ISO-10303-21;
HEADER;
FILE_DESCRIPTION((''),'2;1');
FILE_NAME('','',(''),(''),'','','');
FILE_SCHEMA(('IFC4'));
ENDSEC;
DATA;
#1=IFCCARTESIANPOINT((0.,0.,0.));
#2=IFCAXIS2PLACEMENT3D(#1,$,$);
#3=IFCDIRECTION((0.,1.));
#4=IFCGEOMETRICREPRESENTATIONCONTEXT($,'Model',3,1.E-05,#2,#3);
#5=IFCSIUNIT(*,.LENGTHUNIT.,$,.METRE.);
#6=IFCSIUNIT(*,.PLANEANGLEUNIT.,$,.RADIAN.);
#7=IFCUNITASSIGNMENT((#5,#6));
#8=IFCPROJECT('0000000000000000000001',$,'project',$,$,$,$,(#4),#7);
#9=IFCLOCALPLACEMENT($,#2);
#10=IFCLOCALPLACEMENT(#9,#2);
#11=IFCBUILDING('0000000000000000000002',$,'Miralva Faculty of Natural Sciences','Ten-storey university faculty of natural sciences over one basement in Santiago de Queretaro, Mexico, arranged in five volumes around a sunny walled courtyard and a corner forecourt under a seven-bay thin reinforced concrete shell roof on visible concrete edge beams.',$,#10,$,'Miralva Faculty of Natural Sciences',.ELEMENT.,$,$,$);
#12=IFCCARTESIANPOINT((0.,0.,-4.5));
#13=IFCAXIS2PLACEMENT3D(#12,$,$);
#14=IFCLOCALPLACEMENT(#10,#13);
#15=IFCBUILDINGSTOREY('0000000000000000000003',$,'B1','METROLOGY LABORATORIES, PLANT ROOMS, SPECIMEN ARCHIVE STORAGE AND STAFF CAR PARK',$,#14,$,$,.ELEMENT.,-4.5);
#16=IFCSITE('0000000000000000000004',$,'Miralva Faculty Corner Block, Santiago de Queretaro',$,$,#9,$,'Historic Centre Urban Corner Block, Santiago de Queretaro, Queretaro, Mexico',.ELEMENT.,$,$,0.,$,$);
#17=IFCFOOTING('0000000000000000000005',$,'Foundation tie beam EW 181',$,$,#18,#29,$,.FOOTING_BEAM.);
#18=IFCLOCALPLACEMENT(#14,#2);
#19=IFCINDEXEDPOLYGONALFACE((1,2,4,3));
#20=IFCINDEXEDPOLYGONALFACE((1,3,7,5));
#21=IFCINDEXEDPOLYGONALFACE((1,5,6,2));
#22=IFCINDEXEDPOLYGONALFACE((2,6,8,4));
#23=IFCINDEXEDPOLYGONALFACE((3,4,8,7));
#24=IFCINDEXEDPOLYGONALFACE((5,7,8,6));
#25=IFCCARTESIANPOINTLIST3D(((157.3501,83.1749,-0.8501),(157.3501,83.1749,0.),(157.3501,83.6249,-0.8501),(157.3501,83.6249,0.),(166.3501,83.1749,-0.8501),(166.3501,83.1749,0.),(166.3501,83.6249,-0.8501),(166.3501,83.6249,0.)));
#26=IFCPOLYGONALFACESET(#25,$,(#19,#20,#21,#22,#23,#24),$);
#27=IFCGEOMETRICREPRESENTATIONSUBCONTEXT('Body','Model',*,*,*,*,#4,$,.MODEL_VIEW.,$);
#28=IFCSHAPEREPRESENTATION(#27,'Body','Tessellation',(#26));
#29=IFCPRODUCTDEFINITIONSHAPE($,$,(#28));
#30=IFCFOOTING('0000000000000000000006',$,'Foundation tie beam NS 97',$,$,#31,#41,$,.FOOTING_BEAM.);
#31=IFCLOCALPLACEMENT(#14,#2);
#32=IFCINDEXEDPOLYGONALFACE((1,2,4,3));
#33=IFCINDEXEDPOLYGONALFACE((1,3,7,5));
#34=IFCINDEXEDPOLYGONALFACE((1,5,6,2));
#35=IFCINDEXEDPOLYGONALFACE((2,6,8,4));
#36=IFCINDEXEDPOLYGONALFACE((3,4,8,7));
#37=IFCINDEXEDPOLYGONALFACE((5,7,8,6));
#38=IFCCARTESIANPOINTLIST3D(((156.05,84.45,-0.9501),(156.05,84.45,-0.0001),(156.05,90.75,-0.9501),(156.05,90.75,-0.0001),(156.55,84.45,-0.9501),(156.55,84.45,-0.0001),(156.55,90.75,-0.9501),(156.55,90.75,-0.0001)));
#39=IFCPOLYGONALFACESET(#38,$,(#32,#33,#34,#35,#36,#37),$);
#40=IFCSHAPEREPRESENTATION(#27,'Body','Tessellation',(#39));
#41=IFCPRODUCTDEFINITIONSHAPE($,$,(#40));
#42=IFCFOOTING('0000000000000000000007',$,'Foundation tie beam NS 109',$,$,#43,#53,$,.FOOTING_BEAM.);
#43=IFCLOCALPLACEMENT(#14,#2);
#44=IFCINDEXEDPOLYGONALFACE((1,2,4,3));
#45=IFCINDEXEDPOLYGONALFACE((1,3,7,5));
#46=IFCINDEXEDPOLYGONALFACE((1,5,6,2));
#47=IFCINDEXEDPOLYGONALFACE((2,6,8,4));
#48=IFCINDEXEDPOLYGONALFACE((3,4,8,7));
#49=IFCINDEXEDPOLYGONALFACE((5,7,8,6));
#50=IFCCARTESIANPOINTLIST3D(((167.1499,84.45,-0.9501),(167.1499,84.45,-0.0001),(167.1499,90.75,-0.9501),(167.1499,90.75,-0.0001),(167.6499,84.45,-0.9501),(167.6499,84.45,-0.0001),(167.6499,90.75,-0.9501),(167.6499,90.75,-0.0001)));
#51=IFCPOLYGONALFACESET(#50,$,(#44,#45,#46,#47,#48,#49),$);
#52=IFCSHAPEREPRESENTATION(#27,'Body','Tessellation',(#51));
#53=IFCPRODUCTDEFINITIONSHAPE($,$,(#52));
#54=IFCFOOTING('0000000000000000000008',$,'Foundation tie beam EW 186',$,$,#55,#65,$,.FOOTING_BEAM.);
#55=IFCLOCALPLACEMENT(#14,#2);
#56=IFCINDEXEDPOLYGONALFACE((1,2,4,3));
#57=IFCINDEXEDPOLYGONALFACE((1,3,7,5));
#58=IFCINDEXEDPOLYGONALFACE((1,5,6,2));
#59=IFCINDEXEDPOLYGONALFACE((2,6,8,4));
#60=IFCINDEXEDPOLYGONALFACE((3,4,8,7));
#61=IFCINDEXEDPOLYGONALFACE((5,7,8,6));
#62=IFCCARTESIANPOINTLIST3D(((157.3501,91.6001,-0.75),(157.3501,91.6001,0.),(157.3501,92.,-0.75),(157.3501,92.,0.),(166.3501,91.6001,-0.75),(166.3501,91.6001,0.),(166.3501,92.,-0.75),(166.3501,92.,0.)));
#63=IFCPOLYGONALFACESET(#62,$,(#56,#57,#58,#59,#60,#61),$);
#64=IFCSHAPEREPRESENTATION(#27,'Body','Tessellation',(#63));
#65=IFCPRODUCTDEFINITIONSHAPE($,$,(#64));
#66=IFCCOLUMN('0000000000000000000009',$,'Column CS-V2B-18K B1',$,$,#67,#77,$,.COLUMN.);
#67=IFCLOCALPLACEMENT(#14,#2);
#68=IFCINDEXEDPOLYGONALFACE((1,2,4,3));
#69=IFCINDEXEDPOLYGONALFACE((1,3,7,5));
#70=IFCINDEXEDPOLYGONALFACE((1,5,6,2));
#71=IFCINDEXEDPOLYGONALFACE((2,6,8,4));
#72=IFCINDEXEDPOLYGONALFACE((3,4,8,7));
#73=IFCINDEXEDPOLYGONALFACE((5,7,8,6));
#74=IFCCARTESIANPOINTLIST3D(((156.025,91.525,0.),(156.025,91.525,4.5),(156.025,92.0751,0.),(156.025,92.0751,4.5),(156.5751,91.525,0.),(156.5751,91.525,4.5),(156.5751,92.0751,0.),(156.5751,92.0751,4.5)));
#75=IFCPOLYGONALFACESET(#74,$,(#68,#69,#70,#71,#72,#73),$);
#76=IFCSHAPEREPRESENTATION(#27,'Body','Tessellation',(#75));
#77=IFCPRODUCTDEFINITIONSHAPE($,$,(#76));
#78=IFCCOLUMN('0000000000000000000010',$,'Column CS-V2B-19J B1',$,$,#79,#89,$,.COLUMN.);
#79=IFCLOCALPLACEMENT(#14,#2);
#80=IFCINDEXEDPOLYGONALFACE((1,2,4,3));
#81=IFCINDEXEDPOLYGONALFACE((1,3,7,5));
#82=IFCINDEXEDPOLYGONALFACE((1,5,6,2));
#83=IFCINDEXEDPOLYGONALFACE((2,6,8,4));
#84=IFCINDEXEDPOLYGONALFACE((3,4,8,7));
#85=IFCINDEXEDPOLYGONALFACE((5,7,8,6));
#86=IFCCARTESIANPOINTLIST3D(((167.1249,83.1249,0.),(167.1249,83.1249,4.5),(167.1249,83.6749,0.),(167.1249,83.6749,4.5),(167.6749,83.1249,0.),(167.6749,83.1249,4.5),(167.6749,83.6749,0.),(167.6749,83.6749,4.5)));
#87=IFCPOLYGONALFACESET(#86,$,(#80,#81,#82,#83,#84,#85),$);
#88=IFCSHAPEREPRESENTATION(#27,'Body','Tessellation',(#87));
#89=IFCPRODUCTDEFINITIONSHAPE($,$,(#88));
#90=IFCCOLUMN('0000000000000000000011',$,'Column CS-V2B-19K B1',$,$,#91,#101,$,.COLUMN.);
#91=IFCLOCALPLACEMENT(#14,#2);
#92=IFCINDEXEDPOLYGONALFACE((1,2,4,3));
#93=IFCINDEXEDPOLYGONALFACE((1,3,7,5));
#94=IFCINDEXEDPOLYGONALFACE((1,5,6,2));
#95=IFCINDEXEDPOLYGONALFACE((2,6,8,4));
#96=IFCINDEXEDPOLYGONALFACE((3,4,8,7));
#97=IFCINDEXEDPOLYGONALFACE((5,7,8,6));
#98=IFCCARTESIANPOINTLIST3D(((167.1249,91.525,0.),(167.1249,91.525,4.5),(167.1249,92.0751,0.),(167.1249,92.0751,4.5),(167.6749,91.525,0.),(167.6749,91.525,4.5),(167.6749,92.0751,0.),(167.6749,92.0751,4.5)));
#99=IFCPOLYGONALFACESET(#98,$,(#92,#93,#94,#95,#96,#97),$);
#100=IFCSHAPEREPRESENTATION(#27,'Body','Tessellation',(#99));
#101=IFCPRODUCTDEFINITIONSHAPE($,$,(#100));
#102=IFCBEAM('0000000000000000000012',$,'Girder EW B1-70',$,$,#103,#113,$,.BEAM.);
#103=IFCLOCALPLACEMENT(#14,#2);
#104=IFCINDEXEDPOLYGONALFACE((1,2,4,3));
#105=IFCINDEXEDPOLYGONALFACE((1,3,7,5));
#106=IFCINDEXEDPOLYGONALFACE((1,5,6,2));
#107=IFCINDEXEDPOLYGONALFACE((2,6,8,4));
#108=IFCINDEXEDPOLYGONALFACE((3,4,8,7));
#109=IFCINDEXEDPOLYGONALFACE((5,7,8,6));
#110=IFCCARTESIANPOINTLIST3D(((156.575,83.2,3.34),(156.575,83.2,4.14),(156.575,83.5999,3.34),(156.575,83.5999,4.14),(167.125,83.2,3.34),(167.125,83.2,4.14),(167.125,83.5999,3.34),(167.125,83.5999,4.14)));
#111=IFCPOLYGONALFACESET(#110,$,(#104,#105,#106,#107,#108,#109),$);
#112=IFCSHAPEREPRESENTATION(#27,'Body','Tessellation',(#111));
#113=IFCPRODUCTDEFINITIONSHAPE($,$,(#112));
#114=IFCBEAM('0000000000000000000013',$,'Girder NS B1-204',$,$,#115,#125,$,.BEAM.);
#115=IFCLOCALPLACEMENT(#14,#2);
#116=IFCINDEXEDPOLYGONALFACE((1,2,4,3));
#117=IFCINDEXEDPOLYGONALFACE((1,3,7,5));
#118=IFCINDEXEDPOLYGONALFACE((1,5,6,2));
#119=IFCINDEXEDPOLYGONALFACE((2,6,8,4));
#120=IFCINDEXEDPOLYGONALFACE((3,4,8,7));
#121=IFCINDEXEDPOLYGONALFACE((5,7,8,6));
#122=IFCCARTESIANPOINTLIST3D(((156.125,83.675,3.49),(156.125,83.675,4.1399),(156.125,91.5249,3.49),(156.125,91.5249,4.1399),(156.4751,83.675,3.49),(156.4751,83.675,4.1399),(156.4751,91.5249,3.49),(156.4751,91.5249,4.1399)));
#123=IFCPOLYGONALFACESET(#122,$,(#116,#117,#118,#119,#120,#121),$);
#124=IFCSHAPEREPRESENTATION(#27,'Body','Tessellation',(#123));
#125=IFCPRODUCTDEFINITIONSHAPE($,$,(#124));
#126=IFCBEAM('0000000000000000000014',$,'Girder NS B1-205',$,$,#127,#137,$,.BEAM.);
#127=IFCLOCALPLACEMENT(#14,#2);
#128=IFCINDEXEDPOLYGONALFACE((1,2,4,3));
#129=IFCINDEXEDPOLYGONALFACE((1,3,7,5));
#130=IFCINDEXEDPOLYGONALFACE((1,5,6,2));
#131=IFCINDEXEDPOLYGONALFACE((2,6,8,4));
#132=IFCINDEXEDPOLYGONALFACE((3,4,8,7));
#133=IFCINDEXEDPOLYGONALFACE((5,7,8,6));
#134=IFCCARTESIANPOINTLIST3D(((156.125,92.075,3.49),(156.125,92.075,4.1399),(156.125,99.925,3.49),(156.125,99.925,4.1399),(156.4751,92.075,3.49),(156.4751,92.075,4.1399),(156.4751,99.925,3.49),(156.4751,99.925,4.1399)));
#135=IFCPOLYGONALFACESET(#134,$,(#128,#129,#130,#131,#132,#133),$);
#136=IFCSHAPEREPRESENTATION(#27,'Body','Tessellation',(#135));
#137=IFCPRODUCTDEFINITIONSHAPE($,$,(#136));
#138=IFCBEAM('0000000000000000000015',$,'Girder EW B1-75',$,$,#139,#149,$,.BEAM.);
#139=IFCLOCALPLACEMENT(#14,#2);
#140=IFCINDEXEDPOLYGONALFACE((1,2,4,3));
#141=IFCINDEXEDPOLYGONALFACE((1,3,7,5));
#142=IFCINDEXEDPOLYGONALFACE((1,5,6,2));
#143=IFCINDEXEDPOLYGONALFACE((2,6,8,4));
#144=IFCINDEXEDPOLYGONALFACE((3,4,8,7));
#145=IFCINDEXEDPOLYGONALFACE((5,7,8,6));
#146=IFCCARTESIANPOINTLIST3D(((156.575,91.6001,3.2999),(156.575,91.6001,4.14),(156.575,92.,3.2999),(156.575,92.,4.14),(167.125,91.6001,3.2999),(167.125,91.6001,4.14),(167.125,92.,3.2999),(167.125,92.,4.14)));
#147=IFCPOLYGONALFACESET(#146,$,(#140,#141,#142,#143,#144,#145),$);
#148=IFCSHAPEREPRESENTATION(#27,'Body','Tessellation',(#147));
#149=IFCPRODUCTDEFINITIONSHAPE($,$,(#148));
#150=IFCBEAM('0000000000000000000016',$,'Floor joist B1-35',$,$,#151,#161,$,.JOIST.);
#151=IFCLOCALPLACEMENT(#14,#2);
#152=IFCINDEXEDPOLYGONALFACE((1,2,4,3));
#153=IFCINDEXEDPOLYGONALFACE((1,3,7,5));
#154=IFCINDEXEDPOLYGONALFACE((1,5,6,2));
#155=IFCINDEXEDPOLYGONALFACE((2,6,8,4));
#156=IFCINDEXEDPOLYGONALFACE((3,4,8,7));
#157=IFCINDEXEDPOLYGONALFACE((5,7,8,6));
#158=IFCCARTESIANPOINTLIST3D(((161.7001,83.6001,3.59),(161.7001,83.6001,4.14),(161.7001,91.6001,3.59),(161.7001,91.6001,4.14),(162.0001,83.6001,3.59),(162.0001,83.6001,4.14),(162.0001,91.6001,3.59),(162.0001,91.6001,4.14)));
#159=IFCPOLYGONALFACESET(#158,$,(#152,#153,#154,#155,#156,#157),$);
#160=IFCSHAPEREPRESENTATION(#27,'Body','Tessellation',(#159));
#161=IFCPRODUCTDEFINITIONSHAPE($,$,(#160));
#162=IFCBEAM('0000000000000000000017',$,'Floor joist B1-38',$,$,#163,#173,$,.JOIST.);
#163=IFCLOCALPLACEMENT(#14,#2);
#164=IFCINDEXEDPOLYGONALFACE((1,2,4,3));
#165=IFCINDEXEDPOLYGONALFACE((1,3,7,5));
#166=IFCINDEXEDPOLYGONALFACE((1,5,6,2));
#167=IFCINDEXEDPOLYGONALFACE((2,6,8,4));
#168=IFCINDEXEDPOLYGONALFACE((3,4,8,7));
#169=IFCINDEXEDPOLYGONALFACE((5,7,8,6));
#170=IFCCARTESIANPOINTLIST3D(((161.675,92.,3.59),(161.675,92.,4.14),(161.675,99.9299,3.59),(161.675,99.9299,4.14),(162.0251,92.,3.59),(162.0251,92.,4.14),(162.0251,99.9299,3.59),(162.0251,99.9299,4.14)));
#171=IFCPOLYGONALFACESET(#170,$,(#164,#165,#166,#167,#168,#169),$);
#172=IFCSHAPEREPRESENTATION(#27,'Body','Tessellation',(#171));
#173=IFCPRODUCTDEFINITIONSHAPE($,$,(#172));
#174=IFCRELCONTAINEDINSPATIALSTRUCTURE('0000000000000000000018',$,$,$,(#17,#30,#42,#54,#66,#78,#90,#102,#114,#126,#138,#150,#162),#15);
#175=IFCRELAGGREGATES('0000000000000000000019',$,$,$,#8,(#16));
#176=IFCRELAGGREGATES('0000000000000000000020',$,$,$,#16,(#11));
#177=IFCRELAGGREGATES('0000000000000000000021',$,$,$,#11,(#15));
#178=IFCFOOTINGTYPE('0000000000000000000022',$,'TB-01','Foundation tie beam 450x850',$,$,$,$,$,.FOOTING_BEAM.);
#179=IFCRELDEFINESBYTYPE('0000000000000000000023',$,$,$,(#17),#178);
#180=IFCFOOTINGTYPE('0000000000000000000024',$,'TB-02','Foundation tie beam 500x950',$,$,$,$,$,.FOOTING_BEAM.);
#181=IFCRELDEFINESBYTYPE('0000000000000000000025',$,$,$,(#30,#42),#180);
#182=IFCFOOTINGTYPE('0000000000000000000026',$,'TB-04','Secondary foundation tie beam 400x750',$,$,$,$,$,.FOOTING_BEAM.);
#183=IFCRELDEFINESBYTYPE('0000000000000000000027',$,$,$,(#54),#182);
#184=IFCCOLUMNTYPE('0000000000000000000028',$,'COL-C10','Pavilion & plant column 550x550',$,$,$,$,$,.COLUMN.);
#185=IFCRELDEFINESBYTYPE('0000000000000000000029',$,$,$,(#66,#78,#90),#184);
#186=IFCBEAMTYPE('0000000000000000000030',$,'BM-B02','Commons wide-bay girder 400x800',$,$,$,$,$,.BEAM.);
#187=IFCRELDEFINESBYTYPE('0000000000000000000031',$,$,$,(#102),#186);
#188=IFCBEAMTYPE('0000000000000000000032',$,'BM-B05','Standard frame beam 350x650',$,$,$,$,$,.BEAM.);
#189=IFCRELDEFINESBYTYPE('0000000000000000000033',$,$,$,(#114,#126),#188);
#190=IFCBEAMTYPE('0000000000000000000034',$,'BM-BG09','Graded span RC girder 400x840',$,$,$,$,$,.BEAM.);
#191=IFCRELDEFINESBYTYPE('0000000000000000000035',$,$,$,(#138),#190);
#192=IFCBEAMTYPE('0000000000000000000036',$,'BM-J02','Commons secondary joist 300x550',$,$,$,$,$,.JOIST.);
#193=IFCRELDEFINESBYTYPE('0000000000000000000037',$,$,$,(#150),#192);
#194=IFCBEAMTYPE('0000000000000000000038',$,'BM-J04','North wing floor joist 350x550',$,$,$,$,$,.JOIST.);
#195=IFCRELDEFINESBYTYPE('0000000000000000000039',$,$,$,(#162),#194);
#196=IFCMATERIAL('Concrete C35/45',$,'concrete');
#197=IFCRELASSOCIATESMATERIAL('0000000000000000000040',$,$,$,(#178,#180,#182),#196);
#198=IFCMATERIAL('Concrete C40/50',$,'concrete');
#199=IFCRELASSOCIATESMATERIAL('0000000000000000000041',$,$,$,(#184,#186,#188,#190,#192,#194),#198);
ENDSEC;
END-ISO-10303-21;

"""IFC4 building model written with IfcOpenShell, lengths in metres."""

from ifc_helpers import new_model, si_unit, direction, frame, origin, origin_2d, place, context, subcontext, project, spatial, rectangle, extrude, material, material_profile, profile_set, type_object, element, save


model = new_model("IFC4")

# Units and contexts
model_context = context("Model", 3, precision=1e-05, world=origin(), true_north=direction((0.0, 1.0)))
body_context = subcontext(model_context, "Body", "Model", "MODEL_VIEW")
ifc_project = project(units=[si_unit("LENGTHUNIT", "METRE"), si_unit("PLANEANGLEUNIT", "RADIAN")], contexts=[model_context])

# Site, building, storey
site_placement = place(None, origin())
site = spatial("IfcSite", under=ifc_project, at=site_placement, Name="Miralva Faculty Corner Block, Santiago de Queretaro", LongName="Historic Centre Urban Corner Block, Santiago de Queretaro, Queretaro, Mexico", CompositionType="ELEMENT", RefElevation=0.0)
building_placement = place(site_placement, origin())
building = spatial("IfcBuilding", under=site, at=building_placement, Name="Miralva Faculty of Natural Sciences", Description="Ten-storey university faculty of natural sciences over one basement in Santiago de Queretaro, Mexico, arranged in five volumes around a sunny walled courtyard and a corner forecourt under a seven-bay thin reinforced concrete shell roof on visible concrete edge beams.", LongName="Miralva Faculty of Natural Sciences", CompositionType="ELEMENT")
storey_placement = place(building_placement, frame((0.0, 0.0, -4.5)))
storey = spatial("IfcBuildingStorey", under=building, at=storey_placement, Name="B1", Description="METROLOGY LABORATORIES, PLANT ROOMS, SPECIMEN ARCHIVE STORAGE AND STAFF CAR PARK", CompositionType="ELEMENT", Elevation=-4.5)

# Shared definitions
ifc_material_1 = material(Name="Concrete C35/45", Category="concrete")

# Footings
ifc_material_profile_1 = material_profile(ifc_material_1, rectangle(XDim=0.45, YDim=0.8501, at=origin_2d()), Name="RC 450x850")
ifc_profile_set_1 = profile_set([ifc_material_profile_1], Name="Concrete C35/45")
footing_type_1 = type_object("IfcFootingType", Name="TB-01", Description="Foundation tie beam 450x850", PredefinedType="FOOTING_BEAM", material=ifc_profile_set_1)
footing_1_placement = place(storey_placement, frame((157.3501, 83.3999, -0.425), z_axis=(1.0, 0.0, 0.0), x_axis=(0.0, 1.0, 0.0)))
element("IfcFooting", 1, at=footing_1_placement, inside=storey, type_object=footing_type_1, Name="Foundation tie beam EW 181", PredefinedType="FOOTING_BEAM", context=body_context, shape_type="SweptSolid", body=[
    extrude(rectangle(XDim=0.45, YDim=0.8501, at=origin_2d()), origin(), (0.0, 0.0, 1.0), 9.0),
])
ifc_material_profile_2 = material_profile(ifc_material_1, rectangle(XDim=0.5, YDim=0.95, at=origin_2d()), Name="RC 500x950")
ifc_profile_set_2 = profile_set([ifc_material_profile_2], Name="Concrete C35/45")
footing_type_2 = type_object("IfcFootingType", Name="TB-02", Description="Foundation tie beam 500x950", PredefinedType="FOOTING_BEAM", material=ifc_profile_set_2)
for number, where, z_axis, x_axis, name in (
    (2, (156.3, 84.45, -0.4751), (0.0, 1.0, 0.0), (-1.0, 0.0, 0.0), "Foundation tie beam NS 97"),
    (3, (167.3999, 84.45, -0.4751), (0.0, 1.0, 0.0), (-1.0, 0.0, 0.0), "Foundation tie beam NS 109"),
):
    element("IfcFooting", number, at=place(storey_placement, frame(where, z_axis=z_axis, x_axis=x_axis)), inside=storey, type_object=footing_type_2, Name=name, PredefinedType="FOOTING_BEAM", context=body_context, shape_type="SweptSolid", body=[
        extrude(rectangle(XDim=0.5, YDim=0.95, at=origin_2d()), origin(), (0.0, 0.0, 1.0), 6.3),
    ])
ifc_material_profile_3 = material_profile(ifc_material_1, rectangle(XDim=0.3999, YDim=0.75, at=origin_2d()), Name="RC 400x750")
ifc_profile_set_3 = profile_set([ifc_material_profile_3], Name="Concrete C35/45")
footing_type_3 = type_object("IfcFootingType", Name="TB-04", Description="Secondary foundation tie beam 400x750", PredefinedType="FOOTING_BEAM", material=ifc_profile_set_3)
footing_2_placement = place(storey_placement, frame((157.3501, 91.8, -0.375), z_axis=(1.0, 0.0, 0.0), x_axis=(0.0, 1.0, 0.0)))
element("IfcFooting", 4, at=footing_2_placement, inside=storey, type_object=footing_type_3, Name="Foundation tie beam EW 186", PredefinedType="FOOTING_BEAM", context=body_context, shape_type="SweptSolid", body=[
    extrude(rectangle(XDim=0.3999, YDim=0.75, at=origin_2d()), origin(), (0.0, 0.0, 1.0), 9.0),
])

# Columns
ifc_material_2 = material(Name="Concrete C40/50", Category="concrete")
ifc_material_profile_4 = material_profile(ifc_material_2, rectangle(XDim=0.55, YDim=0.55, at=origin_2d()), Name="RC 550x550")
ifc_profile_set_4 = profile_set([ifc_material_profile_4], Name="Concrete C40/50")
column_type = type_object("IfcColumnType", Name="COL-C10", Description="Pavilion & plant column 550x550", PredefinedType="COLUMN", material=ifc_profile_set_4)
for number, where, z_axis, x_axis, name in (
    (5, (156.3, 91.8, 0.0), (0.0, 0.0, 1.0), (1.0, 0.0, 0.0), "Column CS-V2B-18K B1"),
    (6, (167.3999, 83.3999, 0.0), (0.0, 0.0, 1.0), (1.0, 0.0, 0.0), "Column CS-V2B-19J B1"),
    (7, (167.3999, 91.8, 0.0), (0.0, 0.0, 1.0), (1.0, 0.0, 0.0), "Column CS-V2B-19K B1"),
):
    element("IfcColumn", number, at=place(storey_placement, frame(where, z_axis=z_axis, x_axis=x_axis)), inside=storey, type_object=column_type, Name=name, PredefinedType="COLUMN", context=body_context, shape_type="SweptSolid", body=[
        extrude(rectangle(XDim=0.55, YDim=0.55, at=origin_2d()), origin(), (0.0, 0.0, 1.0), 4.5),
    ])

# Beams
ifc_material_profile_5 = material_profile(ifc_material_2, rectangle(XDim=0.3999, YDim=0.8, at=origin_2d()), Name="RC 400x800")
ifc_profile_set_5 = profile_set([ifc_material_profile_5], Name="Concrete C40/50")
beam_type_1 = type_object("IfcBeamType", Name="BM-B02", Description="Commons wide-bay girder 400x800", PredefinedType="BEAM", material=ifc_profile_set_5)
beam_1_placement = place(storey_placement, frame((156.575, 83.3999, 3.74), z_axis=(1.0, 0.0, 0.0), x_axis=(0.0, 1.0, 0.0)))
element("IfcBeam", 8, at=beam_1_placement, inside=storey, type_object=beam_type_1, Name="Girder EW B1-70", PredefinedType="BEAM", context=body_context, shape_type="SweptSolid", body=[
    extrude(rectangle(XDim=0.3999, YDim=0.8, at=origin_2d()), origin(), (0.0, 0.0, 1.0), 10.55),
])
ifc_material_profile_6 = material_profile(ifc_material_2, rectangle(XDim=0.3501, YDim=0.6499, at=origin_2d()), Name="RC 350x650")
ifc_profile_set_6 = profile_set([ifc_material_profile_6], Name="Concrete C40/50")
beam_type_2 = type_object("IfcBeamType", Name="BM-B05", Description="Standard frame beam 350x650", PredefinedType="BEAM", material=ifc_profile_set_6)
beam_2_placement = place(storey_placement, frame((156.3, 83.675, 3.8149), z_axis=(0.0, 1.0, 0.0), x_axis=(-1.0, 0.0, 0.0)))
element("IfcBeam", 9, at=beam_2_placement, inside=storey, type_object=beam_type_2, Name="Girder NS B1-204", PredefinedType="BEAM", context=body_context, shape_type="SweptSolid", body=[
    extrude(rectangle(XDim=0.3501, YDim=0.6499, at=origin_2d()), origin(), (0.0, 0.0, 1.0), 7.8499),
])
beam_3_placement = place(storey_placement, frame((156.3, 92.075, 3.8149), z_axis=(0.0, 1.0, 0.0), x_axis=(-1.0, 0.0, 0.0)))
element("IfcBeam", 10, at=beam_3_placement, inside=storey, type_object=beam_type_2, Name="Girder NS B1-205", PredefinedType="BEAM", context=body_context, shape_type="SweptSolid", body=[
    extrude(rectangle(XDim=0.3501, YDim=0.6499, at=origin_2d()), origin(), (0.0, 0.0, 1.0), 7.8501),
])
ifc_material_profile_7 = material_profile(ifc_material_2, rectangle(XDim=0.3999, YDim=0.8401, at=origin_2d()), Name="RC 400x840")
ifc_profile_set_7 = profile_set([ifc_material_profile_7], Name="Concrete C40/50")
beam_type_3 = type_object("IfcBeamType", Name="BM-BG09", Description="Graded span RC girder 400x840", PredefinedType="BEAM", material=ifc_profile_set_7)
beam_4_placement = place(storey_placement, frame((156.575, 91.8, 3.72), z_axis=(1.0, 0.0, 0.0), x_axis=(0.0, 1.0, 0.0)))
element("IfcBeam", 11, at=beam_4_placement, inside=storey, type_object=beam_type_3, Name="Girder EW B1-75", PredefinedType="BEAM", context=body_context, shape_type="SweptSolid", body=[
    extrude(rectangle(XDim=0.3999, YDim=0.8401, at=origin_2d()), origin(), (0.0, 0.0, 1.0), 10.55),
])
ifc_material_profile_8 = material_profile(ifc_material_2, rectangle(XDim=0.3, YDim=0.55, at=origin_2d()), Name="RC 300x550")
ifc_profile_set_8 = profile_set([ifc_material_profile_8], Name="Concrete C40/50")
beam_type_4 = type_object("IfcBeamType", Name="BM-J02", Description="Commons secondary joist 300x550", PredefinedType="JOIST", material=ifc_profile_set_8)
beam_5_placement = place(storey_placement, frame((161.8501, 83.6001, 3.865), z_axis=(0.0, 1.0, 0.0), x_axis=(-1.0, 0.0, 0.0)))
element("IfcBeam", 12, at=beam_5_placement, inside=storey, type_object=beam_type_4, Name="Floor joist B1-35", PredefinedType="JOIST", context=body_context, shape_type="SweptSolid", body=[
    extrude(rectangle(XDim=0.3, YDim=0.55, at=origin_2d()), origin(), (0.0, 0.0, 1.0), 8.0),
])
ifc_material_profile_9 = material_profile(ifc_material_2, rectangle(XDim=0.3501, YDim=0.55, at=origin_2d()), Name="RC 350x550")
ifc_profile_set_9 = profile_set([ifc_material_profile_9], Name="Concrete C40/50")
beam_type_5 = type_object("IfcBeamType", Name="BM-J04", Description="North wing floor joist 350x550", PredefinedType="JOIST", material=ifc_profile_set_9)
beam_6_placement = place(storey_placement, frame((161.8501, 92.0, 3.865), z_axis=(0.0, 1.0, 0.0), x_axis=(-1.0, 0.0, 0.0)))
element("IfcBeam", 13, at=beam_6_placement, inside=storey, type_object=beam_type_5, Name="Floor joist B1-38", PredefinedType="JOIST", context=body_context, shape_type="SweptSolid", body=[
    extrude(rectangle(XDim=0.3501, YDim=0.55, at=origin_2d()), origin(), (0.0, 0.0, 1.0), 7.9299),
])

save(model, "model.ifc")
